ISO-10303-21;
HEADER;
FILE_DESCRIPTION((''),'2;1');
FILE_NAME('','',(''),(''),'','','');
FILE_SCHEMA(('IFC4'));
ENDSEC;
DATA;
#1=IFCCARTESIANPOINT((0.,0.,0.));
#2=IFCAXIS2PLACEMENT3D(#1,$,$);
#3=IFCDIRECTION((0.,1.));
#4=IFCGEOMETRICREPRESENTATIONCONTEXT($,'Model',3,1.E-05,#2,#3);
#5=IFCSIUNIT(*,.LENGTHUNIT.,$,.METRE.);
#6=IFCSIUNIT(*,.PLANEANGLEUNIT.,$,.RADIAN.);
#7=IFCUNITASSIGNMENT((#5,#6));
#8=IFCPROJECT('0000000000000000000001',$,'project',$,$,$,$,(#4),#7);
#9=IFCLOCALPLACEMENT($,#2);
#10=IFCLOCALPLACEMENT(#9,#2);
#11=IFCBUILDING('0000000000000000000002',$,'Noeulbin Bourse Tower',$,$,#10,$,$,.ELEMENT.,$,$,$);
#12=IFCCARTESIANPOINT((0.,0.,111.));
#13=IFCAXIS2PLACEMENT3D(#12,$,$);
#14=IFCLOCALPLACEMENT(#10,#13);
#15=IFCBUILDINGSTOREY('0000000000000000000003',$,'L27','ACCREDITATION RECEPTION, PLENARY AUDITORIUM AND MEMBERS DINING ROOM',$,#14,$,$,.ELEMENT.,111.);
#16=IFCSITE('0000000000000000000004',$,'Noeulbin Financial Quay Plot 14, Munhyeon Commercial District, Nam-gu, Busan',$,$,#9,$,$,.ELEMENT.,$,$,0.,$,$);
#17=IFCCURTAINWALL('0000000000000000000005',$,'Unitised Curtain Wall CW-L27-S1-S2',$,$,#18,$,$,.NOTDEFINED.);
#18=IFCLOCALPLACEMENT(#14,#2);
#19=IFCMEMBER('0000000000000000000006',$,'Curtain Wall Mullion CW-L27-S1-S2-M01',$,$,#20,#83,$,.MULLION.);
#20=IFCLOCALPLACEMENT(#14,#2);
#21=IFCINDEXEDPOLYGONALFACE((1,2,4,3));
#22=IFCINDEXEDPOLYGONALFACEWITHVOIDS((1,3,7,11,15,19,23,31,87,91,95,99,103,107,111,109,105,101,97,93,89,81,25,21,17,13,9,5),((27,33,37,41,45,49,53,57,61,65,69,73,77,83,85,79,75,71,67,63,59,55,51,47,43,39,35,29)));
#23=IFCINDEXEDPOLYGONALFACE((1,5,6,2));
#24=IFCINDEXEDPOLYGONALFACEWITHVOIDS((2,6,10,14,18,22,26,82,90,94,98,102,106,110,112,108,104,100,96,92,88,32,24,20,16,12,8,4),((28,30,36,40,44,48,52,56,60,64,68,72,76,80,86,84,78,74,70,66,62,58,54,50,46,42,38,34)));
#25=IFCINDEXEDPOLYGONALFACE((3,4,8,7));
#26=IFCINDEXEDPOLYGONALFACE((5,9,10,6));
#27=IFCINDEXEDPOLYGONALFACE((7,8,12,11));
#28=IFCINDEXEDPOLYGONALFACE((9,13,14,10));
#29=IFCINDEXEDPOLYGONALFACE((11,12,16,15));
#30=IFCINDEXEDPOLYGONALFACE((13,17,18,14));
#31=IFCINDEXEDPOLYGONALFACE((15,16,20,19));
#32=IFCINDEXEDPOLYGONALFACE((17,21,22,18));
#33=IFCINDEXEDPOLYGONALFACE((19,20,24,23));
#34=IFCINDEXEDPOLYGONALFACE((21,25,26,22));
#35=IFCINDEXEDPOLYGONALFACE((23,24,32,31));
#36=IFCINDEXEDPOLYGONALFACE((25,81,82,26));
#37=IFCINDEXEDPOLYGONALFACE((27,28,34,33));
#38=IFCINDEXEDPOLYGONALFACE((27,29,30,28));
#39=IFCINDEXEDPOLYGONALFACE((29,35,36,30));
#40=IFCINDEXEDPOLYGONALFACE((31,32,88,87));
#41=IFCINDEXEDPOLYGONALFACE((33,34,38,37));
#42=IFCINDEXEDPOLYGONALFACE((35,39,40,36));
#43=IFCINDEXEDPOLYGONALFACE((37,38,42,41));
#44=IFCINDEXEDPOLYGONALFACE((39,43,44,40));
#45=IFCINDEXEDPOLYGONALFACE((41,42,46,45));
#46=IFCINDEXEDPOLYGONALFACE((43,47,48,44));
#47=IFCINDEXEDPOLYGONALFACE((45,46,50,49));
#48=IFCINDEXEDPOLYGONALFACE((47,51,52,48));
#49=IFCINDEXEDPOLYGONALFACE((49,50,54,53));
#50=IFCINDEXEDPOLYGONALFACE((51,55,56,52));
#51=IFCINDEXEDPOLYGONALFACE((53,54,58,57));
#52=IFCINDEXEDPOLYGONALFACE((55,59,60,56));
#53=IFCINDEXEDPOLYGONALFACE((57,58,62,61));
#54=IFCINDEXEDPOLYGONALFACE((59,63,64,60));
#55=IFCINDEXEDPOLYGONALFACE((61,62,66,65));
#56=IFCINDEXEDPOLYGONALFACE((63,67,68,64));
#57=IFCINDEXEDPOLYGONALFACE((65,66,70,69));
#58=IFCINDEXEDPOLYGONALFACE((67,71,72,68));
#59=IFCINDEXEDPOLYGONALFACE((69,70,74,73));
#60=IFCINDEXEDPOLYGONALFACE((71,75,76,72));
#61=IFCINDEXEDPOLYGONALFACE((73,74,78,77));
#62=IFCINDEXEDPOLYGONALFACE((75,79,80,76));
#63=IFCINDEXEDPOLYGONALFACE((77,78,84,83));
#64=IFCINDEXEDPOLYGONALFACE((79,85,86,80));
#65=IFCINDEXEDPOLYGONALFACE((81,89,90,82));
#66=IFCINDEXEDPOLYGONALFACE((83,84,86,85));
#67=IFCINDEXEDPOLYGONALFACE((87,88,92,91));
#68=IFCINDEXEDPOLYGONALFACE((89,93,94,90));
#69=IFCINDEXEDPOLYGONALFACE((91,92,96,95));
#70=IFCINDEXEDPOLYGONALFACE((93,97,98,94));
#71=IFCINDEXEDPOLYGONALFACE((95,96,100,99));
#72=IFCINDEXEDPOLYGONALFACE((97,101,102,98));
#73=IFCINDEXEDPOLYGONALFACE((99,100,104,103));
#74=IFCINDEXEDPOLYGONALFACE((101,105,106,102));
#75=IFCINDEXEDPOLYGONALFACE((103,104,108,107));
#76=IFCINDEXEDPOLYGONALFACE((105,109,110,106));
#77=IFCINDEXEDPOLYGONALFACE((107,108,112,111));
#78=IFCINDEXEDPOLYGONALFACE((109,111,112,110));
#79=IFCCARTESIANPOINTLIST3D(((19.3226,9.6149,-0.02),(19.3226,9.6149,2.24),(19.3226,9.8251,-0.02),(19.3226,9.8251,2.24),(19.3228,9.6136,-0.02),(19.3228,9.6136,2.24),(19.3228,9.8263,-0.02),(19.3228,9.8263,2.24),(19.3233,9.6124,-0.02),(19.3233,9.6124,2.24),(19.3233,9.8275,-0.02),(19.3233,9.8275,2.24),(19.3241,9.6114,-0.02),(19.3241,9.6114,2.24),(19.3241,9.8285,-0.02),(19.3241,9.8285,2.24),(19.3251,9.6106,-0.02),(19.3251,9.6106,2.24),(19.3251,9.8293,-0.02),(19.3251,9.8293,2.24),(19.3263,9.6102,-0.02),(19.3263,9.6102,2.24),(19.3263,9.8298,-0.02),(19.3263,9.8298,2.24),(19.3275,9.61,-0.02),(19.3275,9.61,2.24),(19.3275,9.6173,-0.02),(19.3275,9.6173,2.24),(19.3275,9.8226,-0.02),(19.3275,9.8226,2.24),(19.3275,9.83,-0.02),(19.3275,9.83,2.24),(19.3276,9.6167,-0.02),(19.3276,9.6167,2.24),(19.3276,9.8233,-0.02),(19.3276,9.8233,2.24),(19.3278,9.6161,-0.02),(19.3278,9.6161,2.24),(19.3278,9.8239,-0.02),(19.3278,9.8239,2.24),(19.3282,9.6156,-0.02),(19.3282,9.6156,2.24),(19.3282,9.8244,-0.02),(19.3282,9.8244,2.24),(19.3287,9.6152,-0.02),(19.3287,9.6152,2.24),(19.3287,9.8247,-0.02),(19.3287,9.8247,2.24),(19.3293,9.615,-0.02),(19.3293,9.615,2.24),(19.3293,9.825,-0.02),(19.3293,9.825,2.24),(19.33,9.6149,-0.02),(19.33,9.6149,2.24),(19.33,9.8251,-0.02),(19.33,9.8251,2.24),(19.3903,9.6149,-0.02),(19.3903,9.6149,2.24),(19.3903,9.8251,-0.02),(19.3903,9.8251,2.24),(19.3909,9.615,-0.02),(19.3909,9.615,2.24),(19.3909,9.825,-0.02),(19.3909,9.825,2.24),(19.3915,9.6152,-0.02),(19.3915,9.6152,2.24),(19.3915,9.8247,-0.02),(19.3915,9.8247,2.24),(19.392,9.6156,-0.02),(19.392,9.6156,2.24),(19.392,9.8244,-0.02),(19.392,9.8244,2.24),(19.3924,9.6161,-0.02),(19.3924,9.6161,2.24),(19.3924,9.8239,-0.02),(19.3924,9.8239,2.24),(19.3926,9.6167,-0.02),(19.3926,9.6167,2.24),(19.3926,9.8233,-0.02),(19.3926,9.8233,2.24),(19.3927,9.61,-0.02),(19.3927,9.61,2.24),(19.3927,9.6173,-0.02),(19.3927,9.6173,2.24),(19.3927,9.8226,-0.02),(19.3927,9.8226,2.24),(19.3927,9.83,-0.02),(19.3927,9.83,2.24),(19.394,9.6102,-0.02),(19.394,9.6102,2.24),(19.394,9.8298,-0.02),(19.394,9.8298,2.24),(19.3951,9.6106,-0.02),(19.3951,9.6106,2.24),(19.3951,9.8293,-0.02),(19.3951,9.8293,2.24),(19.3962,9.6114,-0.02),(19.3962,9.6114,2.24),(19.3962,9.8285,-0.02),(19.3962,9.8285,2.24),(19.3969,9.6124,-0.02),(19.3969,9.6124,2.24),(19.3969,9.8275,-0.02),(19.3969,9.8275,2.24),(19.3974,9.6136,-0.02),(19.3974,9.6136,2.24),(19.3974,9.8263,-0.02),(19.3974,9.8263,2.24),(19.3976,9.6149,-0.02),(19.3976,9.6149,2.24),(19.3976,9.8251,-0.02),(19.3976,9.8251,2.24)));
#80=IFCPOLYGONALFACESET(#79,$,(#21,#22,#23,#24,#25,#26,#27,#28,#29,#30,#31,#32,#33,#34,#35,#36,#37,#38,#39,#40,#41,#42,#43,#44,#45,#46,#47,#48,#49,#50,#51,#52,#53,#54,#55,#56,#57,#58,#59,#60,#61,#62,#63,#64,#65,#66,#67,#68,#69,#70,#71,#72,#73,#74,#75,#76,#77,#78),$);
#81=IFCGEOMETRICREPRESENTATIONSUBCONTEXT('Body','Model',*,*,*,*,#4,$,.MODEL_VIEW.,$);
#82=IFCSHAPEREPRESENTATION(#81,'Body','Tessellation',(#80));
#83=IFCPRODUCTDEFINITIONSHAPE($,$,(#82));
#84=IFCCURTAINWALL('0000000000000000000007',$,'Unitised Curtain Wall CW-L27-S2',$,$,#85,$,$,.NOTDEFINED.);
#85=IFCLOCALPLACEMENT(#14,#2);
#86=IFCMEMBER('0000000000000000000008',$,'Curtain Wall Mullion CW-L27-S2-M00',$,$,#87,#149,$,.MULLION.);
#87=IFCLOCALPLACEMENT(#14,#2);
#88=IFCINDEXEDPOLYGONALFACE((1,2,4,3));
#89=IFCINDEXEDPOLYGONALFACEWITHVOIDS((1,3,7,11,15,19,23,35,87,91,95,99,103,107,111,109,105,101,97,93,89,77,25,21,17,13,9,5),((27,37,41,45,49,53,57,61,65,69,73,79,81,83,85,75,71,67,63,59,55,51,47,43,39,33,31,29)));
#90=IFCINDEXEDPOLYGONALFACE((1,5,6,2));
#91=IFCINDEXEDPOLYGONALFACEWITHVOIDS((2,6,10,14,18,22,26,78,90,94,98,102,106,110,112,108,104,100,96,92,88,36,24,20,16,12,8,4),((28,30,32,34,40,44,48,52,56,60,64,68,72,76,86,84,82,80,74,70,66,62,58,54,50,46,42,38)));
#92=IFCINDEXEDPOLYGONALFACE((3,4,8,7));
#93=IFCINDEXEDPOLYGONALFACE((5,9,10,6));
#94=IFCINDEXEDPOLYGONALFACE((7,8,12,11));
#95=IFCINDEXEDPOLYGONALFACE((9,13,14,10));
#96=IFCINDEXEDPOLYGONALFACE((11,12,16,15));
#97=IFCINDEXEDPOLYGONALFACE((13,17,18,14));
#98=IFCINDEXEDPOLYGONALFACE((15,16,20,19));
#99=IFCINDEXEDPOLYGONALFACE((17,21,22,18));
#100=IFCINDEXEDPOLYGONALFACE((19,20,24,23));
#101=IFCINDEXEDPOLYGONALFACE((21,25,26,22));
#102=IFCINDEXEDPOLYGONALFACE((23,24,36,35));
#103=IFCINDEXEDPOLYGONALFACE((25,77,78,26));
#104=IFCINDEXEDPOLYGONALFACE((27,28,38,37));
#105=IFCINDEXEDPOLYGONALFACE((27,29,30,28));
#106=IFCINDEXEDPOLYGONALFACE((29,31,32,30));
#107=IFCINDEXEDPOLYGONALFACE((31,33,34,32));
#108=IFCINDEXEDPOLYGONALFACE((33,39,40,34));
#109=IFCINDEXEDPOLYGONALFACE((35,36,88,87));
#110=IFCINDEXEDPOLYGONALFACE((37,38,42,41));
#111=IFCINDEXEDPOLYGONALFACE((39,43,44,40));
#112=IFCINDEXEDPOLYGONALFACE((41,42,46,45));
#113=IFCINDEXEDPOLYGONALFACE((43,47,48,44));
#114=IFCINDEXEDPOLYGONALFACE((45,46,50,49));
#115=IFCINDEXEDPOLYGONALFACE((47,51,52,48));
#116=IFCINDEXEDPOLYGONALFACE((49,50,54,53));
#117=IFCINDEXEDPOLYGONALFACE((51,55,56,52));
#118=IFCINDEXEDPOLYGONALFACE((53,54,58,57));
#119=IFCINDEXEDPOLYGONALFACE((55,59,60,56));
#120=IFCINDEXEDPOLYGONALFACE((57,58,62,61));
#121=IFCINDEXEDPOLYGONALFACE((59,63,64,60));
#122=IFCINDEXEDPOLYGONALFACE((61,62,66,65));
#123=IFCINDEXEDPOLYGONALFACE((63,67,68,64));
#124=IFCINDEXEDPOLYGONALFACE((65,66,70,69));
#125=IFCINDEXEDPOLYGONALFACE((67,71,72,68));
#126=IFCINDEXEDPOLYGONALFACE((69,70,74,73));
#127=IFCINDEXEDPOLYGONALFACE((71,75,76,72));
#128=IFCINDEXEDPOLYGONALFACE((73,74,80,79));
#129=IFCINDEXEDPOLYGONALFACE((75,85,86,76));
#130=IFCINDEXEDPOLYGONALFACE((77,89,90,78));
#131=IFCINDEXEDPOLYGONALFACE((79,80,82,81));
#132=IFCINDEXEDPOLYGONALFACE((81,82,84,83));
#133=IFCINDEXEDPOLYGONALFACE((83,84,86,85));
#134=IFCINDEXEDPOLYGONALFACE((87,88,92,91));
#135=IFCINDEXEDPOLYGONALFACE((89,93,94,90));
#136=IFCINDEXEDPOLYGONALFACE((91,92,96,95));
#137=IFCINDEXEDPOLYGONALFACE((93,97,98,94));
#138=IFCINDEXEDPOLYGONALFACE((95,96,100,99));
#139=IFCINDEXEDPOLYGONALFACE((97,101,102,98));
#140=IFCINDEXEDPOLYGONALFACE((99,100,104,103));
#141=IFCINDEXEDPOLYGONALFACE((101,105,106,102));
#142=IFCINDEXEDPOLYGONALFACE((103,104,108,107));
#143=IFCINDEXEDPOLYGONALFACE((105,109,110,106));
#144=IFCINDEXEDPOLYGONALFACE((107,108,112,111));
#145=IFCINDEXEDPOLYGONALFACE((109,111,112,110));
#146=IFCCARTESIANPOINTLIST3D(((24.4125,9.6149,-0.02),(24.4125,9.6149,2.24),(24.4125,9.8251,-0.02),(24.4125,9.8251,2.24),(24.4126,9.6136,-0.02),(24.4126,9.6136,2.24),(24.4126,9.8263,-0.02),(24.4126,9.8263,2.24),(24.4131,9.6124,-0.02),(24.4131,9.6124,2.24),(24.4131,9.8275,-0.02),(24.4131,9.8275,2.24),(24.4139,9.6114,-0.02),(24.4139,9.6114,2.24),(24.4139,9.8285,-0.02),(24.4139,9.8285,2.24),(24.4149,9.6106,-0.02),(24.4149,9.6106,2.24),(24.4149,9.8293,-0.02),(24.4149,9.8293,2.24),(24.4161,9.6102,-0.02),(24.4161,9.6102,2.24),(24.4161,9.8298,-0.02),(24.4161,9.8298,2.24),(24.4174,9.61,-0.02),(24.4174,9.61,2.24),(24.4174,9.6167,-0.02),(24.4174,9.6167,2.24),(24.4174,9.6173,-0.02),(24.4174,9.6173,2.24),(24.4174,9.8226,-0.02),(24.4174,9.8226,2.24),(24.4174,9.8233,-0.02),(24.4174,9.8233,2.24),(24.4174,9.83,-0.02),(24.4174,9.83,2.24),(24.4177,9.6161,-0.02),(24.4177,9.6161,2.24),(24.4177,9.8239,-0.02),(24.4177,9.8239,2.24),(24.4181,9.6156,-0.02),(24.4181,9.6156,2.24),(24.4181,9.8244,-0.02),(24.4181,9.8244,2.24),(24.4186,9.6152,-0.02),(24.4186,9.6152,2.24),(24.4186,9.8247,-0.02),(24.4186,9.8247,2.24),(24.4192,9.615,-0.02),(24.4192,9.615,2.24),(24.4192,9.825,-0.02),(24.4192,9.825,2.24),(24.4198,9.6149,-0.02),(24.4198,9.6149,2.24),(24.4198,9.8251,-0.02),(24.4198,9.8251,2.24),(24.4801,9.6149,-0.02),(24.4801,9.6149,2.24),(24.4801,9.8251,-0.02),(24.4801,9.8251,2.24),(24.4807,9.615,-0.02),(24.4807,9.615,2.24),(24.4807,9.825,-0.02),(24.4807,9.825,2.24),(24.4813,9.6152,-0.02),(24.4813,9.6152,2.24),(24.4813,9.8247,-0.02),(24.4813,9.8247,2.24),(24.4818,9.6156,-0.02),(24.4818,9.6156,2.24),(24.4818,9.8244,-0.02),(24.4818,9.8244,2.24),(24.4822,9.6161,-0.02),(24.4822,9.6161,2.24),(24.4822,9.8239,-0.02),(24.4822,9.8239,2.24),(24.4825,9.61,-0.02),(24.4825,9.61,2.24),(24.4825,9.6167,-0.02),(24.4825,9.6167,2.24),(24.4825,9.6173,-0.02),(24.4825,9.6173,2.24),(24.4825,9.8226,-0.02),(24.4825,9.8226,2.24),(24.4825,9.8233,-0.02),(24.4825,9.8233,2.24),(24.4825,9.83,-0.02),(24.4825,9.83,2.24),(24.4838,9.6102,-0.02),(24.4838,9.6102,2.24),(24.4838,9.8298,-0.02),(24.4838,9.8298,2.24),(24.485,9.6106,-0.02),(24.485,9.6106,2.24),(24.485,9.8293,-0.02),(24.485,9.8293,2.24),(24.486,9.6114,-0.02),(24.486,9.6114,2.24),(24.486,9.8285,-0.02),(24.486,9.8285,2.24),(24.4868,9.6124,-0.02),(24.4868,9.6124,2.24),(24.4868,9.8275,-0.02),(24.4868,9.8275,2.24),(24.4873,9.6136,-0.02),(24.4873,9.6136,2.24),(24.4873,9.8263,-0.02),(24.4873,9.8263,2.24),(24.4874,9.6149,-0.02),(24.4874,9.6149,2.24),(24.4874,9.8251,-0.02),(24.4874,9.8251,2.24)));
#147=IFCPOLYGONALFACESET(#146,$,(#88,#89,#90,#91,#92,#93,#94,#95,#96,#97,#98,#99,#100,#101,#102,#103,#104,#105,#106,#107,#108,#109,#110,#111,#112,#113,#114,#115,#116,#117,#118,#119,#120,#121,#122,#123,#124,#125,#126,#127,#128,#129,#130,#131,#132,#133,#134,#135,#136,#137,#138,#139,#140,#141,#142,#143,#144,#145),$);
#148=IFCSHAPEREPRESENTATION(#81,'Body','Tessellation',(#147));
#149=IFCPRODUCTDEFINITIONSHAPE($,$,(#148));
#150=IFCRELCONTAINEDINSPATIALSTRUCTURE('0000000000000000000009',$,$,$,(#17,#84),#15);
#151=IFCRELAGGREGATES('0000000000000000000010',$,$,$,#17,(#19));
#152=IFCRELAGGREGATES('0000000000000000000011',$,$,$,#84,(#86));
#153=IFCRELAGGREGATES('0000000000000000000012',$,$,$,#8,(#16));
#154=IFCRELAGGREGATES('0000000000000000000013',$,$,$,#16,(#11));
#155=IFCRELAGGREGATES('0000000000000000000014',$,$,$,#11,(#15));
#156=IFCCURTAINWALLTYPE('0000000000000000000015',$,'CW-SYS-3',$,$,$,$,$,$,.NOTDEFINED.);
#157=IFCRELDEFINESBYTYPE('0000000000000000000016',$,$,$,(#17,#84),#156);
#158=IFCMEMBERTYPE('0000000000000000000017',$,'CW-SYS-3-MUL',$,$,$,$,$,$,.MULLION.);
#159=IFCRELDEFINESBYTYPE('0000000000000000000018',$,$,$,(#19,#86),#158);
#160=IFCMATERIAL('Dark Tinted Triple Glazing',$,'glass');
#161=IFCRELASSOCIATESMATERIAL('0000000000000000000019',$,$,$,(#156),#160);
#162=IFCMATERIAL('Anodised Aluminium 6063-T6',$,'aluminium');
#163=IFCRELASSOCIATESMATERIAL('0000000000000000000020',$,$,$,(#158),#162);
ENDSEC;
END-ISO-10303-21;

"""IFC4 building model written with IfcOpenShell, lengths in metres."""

from ifc_helpers import new_model, si_unit, direction, frame, origin, origin_2d, place, context, subcontext, project, spatial, hollow_rectangle, extrude, material, material_profile, profile_set, type_object, element, aggregate, save


model = new_model("IFC4")

# Units and contexts
model_context = context("Model", 3, precision=1e-05, world=origin(), true_north=direction((0.0, 1.0)))
body_context = subcontext(model_context, "Body", "Model", "MODEL_VIEW")
ifc_project = project(units=[si_unit("LENGTHUNIT", "METRE"), si_unit("PLANEANGLEUNIT", "RADIAN")], contexts=[model_context])

# Site, building, storey
site_placement = place(None, origin())
site = spatial("IfcSite", under=ifc_project, at=site_placement, Name="Noeulbin Financial Quay Plot 14, Munhyeon Commercial District, Nam-gu, Busan", CompositionType="ELEMENT", RefElevation=0.0)
building_placement = place(site_placement, origin())
building = spatial("IfcBuilding", under=site, at=building_placement, Name="Noeulbin Bourse Tower", CompositionType="ELEMENT")
storey_placement = place(building_placement, frame((0.0, 0.0, 111.0)))
storey = spatial("IfcBuildingStorey", under=building, at=storey_placement, Name="L27", Description="ACCREDITATION RECEPTION, PLENARY AUDITORIUM AND MEMBERS DINING ROOM", CompositionType="ELEMENT", Elevation=111.0)

# Curtain wall, member
ifc_material_1 = material(Name="Dark Tinted Triple Glazing", Category="glass")
curtain_wall_type = type_object("IfcCurtainWallType", Name="CW-SYS-3", PredefinedType="NOTDEFINED", material=ifc_material_1)
curtain_wall_1_placement = place(storey_placement, origin())
curtain_wall_1 = element("IfcCurtainWall", 1, at=curtain_wall_1_placement, inside=storey, type_object=curtain_wall_type, Name="Unitised Curtain Wall CW-L27-S1-S2", PredefinedType="NOTDEFINED")
ifc_material_2 = material(Name="Anodised Aluminium 6063-T6", Category="aluminium")
ifc_material_profile_1 = material_profile(ifc_material_2, hollow_rectangle(XDim=0.075, YDim=0.22, WallThickness=0.0049, InnerFilletRadius=0.0024, OuterFilletRadius=0.0049, at=origin_2d()), Name="ALU-MULL-75x220x5", Category="LoadBearing")
ifc_profile_set_1 = profile_set([ifc_material_profile_1], Name="Anodised Aluminium 6063-T6")
member_type_1 = type_object("IfcMemberType", Name="CW-SYS-3-MUL", PredefinedType="MULLION", material=ifc_profile_set_1)
member_1_placement = place(storey_placement, frame((19.3601, 9.72, -0.02), z_axis=(0.0, 0.0, 1.0), x_axis=(1.0, 0.0, 0.0)))
member_1 = element("IfcMember", 2, at=member_1_placement, type_object=member_type_1, Name="Curtain Wall Mullion CW-L27-S1-S2-M01", PredefinedType="MULLION", context=body_context, shape_type="SweptSolid", body=[
    extrude(hollow_rectangle(XDim=0.075, YDim=0.22, WallThickness=0.0049, InnerFilletRadius=0.0024, OuterFilletRadius=0.0049, at=origin_2d()), origin(), (0.0, 0.0, 1.0), 2.26),
])

# Curtain wall, member
curtain_wall_2_placement = place(storey_placement, origin())
curtain_wall_2 = element("IfcCurtainWall", 3, at=curtain_wall_2_placement, inside=storey, type_object=curtain_wall_type, Name="Unitised Curtain Wall CW-L27-S2", PredefinedType="NOTDEFINED")
member_2_placement = place(storey_placement, frame((24.45, 9.72, -0.02), z_axis=(0.0, 0.0, 1.0), x_axis=(1.0, 0.0, 0.0)))
member_2 = element("IfcMember", 4, at=member_2_placement, type_object=member_type_1, Name="Curtain Wall Mullion CW-L27-S2-M00", PredefinedType="MULLION", context=body_context, shape_type="SweptSolid", body=[
    extrude(hollow_rectangle(XDim=0.075, YDim=0.22, WallThickness=0.0049, InnerFilletRadius=0.0024, OuterFilletRadius=0.0049, at=origin_2d()), origin(), (0.0, 0.0, 1.0), 2.26),
])

aggregate(curtain_wall_1, [member_1])
aggregate(curtain_wall_2, [member_2])

save(model, "model.ifc")
